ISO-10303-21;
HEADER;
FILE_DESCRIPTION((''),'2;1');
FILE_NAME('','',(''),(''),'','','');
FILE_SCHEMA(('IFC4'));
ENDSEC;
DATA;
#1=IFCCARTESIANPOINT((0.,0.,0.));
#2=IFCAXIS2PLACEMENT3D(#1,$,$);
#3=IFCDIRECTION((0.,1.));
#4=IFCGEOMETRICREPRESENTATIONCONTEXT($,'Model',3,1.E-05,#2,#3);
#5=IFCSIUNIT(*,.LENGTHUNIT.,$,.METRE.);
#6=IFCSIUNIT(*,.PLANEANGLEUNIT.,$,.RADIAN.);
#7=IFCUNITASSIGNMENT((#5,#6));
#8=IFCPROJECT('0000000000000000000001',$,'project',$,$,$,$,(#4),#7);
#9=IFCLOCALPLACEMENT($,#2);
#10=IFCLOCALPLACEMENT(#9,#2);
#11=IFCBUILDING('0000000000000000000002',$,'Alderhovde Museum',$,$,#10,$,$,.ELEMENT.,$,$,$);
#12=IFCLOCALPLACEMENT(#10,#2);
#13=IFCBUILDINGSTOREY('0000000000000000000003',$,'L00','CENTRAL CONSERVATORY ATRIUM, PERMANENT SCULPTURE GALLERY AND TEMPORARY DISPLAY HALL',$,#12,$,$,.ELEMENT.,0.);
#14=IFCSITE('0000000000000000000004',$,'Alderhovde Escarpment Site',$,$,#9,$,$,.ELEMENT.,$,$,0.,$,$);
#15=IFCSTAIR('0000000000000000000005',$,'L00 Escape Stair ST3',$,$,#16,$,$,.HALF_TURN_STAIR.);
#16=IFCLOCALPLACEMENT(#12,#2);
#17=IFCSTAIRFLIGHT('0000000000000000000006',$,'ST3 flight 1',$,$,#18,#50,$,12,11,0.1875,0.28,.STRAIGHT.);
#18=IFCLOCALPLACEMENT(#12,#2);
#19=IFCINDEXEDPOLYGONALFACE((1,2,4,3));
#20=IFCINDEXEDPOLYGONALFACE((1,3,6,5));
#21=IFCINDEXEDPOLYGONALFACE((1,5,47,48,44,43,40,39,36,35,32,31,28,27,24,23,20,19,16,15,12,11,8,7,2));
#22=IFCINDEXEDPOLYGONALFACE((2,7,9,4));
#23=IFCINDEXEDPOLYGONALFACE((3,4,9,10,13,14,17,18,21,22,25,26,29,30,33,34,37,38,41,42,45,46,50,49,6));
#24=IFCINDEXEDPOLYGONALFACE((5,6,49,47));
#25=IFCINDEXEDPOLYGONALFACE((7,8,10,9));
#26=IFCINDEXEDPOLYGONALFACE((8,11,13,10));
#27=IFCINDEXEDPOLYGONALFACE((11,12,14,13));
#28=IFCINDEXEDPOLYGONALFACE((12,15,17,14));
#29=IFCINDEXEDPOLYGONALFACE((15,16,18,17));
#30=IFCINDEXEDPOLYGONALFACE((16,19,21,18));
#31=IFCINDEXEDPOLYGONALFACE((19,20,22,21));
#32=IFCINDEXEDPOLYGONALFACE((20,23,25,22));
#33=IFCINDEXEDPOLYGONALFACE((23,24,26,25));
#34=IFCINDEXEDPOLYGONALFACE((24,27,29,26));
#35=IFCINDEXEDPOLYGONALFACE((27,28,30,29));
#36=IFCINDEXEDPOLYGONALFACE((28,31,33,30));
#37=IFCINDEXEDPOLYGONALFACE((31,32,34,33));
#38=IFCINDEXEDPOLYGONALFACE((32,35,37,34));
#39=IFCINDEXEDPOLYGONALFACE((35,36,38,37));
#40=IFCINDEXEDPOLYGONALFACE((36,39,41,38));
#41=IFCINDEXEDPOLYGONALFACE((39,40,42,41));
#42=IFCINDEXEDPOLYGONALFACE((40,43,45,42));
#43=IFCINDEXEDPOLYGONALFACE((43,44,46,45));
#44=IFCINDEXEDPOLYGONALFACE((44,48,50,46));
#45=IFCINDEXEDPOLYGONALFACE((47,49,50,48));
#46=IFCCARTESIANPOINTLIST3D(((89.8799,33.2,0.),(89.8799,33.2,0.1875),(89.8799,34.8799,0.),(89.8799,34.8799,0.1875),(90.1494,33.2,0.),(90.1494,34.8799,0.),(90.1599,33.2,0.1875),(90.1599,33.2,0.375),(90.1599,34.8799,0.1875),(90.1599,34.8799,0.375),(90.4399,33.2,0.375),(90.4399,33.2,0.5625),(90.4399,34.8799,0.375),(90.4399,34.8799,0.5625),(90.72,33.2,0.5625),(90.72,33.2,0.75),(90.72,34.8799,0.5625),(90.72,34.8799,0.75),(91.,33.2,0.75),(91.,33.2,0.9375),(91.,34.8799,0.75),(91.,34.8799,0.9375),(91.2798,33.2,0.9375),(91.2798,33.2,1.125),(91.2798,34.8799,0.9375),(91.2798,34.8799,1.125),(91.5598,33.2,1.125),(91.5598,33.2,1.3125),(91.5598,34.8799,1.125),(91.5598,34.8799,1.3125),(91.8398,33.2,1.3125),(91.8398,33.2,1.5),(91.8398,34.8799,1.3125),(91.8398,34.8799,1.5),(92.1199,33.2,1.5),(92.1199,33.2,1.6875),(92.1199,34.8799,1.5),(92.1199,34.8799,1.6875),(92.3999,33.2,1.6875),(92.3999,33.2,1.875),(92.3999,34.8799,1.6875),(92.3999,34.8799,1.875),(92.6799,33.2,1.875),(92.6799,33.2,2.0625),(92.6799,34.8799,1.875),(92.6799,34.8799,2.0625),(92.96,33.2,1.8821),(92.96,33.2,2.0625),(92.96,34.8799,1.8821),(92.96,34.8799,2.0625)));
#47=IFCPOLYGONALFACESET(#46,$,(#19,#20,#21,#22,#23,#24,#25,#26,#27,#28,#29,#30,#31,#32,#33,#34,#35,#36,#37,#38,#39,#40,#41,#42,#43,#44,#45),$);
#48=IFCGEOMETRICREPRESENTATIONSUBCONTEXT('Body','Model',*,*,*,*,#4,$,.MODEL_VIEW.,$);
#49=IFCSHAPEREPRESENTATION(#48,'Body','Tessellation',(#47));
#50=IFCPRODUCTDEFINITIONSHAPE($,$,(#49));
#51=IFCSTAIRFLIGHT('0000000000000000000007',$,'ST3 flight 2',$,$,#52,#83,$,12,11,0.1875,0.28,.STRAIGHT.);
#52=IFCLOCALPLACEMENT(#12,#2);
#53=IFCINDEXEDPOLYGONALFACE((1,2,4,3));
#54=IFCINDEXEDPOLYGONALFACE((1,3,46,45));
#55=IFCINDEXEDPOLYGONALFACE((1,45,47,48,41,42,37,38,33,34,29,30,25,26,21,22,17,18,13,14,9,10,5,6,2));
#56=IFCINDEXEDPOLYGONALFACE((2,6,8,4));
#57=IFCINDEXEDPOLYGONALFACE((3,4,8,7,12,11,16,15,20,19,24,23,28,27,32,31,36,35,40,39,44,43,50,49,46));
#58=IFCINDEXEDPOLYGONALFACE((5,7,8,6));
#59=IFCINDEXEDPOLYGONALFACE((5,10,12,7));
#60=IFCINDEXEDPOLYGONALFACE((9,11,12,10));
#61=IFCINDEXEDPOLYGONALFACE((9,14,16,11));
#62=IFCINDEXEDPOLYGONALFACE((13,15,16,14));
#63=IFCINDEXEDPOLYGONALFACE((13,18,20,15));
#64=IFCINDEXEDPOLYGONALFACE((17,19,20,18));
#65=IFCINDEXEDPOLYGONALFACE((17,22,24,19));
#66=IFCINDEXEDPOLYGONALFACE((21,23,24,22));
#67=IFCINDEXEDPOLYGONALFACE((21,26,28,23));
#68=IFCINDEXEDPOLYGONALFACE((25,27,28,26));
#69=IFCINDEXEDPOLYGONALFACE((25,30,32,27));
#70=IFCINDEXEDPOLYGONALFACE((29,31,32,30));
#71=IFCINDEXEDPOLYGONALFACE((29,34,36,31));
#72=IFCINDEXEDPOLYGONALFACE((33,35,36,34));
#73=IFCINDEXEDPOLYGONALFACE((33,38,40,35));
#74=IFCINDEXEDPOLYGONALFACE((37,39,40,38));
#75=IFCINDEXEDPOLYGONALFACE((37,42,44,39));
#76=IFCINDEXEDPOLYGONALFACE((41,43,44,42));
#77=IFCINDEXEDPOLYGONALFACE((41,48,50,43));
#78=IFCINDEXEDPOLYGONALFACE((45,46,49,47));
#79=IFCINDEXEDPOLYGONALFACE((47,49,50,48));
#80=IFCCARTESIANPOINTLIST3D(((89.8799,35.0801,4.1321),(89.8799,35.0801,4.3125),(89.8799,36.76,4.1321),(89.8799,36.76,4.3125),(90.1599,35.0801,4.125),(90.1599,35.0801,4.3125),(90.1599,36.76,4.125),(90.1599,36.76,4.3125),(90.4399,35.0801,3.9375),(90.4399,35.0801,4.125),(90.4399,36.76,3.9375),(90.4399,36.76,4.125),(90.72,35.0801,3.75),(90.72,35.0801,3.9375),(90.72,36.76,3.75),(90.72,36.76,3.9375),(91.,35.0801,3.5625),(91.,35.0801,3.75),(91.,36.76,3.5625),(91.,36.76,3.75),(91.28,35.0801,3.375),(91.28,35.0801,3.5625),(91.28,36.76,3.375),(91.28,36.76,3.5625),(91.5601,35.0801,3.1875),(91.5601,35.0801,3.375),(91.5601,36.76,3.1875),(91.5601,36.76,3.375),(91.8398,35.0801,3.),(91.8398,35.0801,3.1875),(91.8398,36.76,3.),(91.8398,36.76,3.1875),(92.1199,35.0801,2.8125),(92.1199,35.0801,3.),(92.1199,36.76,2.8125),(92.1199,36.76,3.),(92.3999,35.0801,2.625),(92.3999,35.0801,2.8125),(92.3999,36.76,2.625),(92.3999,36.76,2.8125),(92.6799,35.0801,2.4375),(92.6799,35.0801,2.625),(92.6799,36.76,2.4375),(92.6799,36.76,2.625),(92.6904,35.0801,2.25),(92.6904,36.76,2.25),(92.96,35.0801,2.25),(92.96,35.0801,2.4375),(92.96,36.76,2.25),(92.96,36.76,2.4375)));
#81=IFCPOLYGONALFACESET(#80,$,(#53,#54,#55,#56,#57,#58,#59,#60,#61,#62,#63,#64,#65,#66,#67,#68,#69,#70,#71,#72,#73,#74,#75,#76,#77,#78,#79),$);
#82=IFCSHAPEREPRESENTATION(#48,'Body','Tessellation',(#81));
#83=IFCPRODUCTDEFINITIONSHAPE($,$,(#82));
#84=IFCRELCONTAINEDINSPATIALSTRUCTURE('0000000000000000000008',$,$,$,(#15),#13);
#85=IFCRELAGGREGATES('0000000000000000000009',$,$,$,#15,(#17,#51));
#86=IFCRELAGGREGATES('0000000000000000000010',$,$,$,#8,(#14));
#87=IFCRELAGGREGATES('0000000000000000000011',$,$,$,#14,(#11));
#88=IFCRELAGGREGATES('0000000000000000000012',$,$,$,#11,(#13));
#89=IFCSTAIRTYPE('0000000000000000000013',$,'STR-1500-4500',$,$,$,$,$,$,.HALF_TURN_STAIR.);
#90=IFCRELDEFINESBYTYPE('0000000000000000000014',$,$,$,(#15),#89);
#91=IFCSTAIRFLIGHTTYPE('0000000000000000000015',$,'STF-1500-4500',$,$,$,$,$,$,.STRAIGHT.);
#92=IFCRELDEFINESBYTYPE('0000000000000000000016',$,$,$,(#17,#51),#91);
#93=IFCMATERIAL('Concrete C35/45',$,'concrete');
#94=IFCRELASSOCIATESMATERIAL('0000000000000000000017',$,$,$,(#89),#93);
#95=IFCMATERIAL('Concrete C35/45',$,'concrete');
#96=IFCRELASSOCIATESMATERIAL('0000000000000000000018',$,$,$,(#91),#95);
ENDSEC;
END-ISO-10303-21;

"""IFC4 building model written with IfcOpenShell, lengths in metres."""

from ifc_helpers import new_model, si_unit, direction, frame, origin, place, context, subcontext, project, spatial, polyline, outline, extrude, material, type_object, element, aggregate, save


model = new_model("IFC4")

# Units and contexts
model_context = context("Model", 3, precision=1e-05, world=origin(), true_north=direction((0.0, 1.0)))
body_context = subcontext(model_context, "Body", "Model", "MODEL_VIEW")
ifc_project = project(units=[si_unit("LENGTHUNIT", "METRE"), si_unit("PLANEANGLEUNIT", "RADIAN")], contexts=[model_context])

# Site, building, storey
site_placement = place(None, origin())
site = spatial("IfcSite", under=ifc_project, at=site_placement, Name="Alderhovde Escarpment Site", CompositionType="ELEMENT", RefElevation=0.0)
building_placement = place(site_placement, origin())
building = spatial("IfcBuilding", under=site, at=building_placement, Name="Alderhovde Museum", CompositionType="ELEMENT")
storey_placement = place(building_placement, origin())
storey = spatial("IfcBuildingStorey", under=building, at=storey_placement, Name="L00", Description="CENTRAL CONSERVATORY ATRIUM, PERMANENT SCULPTURE GALLERY AND TEMPORARY DISPLAY HALL", CompositionType="ELEMENT", Elevation=0.0)

# Stair, stair flights
ifc_material_1 = material(Name="Concrete C35/45", Category="concrete")
stair_type = type_object("IfcStairType", Name="STR-1500-4500", PredefinedType="HALF_TURN_STAIR", material=ifc_material_1)
stair_placement = place(storey_placement, origin())
stair = element("IfcStair", 1, at=stair_placement, inside=storey, type_object=stair_type, Name="L00 Escape Stair ST3", PredefinedType="HALF_TURN_STAIR")
ifc_material_2 = material(Name="Concrete C35/45", Category="concrete")
stair_flight_type = type_object("IfcStairFlightType", Name="STF-1500-4500", PredefinedType="STRAIGHT", material=ifc_material_2)
stair_flight_1_placement = place(storey_placement, frame((89.8799, 34.04, 0.0), z_axis=(0.0, 0.0, 1.0), x_axis=(1.0, 0.0, 0.0)))
stair_flight_1 = element("IfcStairFlight", 2, at=stair_flight_1_placement, type_object=stair_flight_type, Name="ST3 flight 1", NumberOfRisers=12, NumberOfTreads=11, PredefinedType="STRAIGHT", RiserHeight=0.1875, TreadLength=0.28, context=body_context, shape_type="SweptSolid", body=[
    extrude(outline(polyline([(0.0, 0.0), (0.0, 0.1875), (0.28, 0.1875), (0.28, 0.375), (0.5601, 0.375), (0.5601, 0.5625), (0.8401, 0.5625), (0.8401, 0.75), (1.1201, 0.75), (1.1201, 0.9375), (1.3999, 0.9375), (1.3999, 1.125), (1.6799, 1.125), (1.6799, 1.3125), (1.96, 1.3125), (1.96, 1.5), (2.24, 1.5), (2.24, 1.6875), (2.52, 1.6875), (2.52, 1.875), (2.8, 1.875), (2.8, 2.0625), (3.0801, 2.0625), (3.0801, 2.25), (3.0801, 1.8821), (0.2695, 0.0), (0.0, 0.0)])), frame((0.0, 0.8398, 0.0), z_axis=(0.0, -1.0, 0.0), x_axis=(1.0, 0.0, 0.0)), (0.0, 0.0, 1.0), 1.6799),
])
stair_flight_2_placement = place(storey_placement, frame((92.96, 35.9199, 2.25), z_axis=(0.0, 0.0, 1.0), x_axis=(-1.0, 0.0, 0.0)))
stair_flight_2 = element("IfcStairFlight", 3, at=stair_flight_2_placement, type_object=stair_flight_type, Name="ST3 flight 2", NumberOfRisers=12, NumberOfTreads=11, PredefinedType="STRAIGHT", RiserHeight=0.1875, TreadLength=0.28, context=body_context, shape_type="SweptSolid", body=[
    extrude(outline(polyline([(0.0, 0.0), (0.0, 0.1875), (0.28, 0.1875), (0.28, 0.375), (0.5601, 0.375), (0.5601, 0.5625), (0.8401, 0.5625), (0.8401, 0.75), (1.1201, 0.75), (1.1201, 0.9375), (1.3999, 0.9375), (1.3999, 1.125), (1.6799, 1.125), (1.6799, 1.3125), (1.96, 1.3125), (1.96, 1.5), (2.24, 1.5), (2.24, 1.6875), (2.52, 1.6875), (2.52, 1.875), (2.8, 1.875), (2.8, 2.0625), (3.0801, 2.0625), (3.0801, 2.25), (3.0801, 1.8821), (0.2695, 0.0), (0.0, 0.0)])), frame((0.0, 0.8398, 0.0), z_axis=(0.0, -1.0, 0.0), x_axis=(1.0, 0.0, 0.0)), (0.0, 0.0, 1.0), 1.6799),
])
aggregate(stair, [stair_flight_1, stair_flight_2])

save(model, "model.ifc")
